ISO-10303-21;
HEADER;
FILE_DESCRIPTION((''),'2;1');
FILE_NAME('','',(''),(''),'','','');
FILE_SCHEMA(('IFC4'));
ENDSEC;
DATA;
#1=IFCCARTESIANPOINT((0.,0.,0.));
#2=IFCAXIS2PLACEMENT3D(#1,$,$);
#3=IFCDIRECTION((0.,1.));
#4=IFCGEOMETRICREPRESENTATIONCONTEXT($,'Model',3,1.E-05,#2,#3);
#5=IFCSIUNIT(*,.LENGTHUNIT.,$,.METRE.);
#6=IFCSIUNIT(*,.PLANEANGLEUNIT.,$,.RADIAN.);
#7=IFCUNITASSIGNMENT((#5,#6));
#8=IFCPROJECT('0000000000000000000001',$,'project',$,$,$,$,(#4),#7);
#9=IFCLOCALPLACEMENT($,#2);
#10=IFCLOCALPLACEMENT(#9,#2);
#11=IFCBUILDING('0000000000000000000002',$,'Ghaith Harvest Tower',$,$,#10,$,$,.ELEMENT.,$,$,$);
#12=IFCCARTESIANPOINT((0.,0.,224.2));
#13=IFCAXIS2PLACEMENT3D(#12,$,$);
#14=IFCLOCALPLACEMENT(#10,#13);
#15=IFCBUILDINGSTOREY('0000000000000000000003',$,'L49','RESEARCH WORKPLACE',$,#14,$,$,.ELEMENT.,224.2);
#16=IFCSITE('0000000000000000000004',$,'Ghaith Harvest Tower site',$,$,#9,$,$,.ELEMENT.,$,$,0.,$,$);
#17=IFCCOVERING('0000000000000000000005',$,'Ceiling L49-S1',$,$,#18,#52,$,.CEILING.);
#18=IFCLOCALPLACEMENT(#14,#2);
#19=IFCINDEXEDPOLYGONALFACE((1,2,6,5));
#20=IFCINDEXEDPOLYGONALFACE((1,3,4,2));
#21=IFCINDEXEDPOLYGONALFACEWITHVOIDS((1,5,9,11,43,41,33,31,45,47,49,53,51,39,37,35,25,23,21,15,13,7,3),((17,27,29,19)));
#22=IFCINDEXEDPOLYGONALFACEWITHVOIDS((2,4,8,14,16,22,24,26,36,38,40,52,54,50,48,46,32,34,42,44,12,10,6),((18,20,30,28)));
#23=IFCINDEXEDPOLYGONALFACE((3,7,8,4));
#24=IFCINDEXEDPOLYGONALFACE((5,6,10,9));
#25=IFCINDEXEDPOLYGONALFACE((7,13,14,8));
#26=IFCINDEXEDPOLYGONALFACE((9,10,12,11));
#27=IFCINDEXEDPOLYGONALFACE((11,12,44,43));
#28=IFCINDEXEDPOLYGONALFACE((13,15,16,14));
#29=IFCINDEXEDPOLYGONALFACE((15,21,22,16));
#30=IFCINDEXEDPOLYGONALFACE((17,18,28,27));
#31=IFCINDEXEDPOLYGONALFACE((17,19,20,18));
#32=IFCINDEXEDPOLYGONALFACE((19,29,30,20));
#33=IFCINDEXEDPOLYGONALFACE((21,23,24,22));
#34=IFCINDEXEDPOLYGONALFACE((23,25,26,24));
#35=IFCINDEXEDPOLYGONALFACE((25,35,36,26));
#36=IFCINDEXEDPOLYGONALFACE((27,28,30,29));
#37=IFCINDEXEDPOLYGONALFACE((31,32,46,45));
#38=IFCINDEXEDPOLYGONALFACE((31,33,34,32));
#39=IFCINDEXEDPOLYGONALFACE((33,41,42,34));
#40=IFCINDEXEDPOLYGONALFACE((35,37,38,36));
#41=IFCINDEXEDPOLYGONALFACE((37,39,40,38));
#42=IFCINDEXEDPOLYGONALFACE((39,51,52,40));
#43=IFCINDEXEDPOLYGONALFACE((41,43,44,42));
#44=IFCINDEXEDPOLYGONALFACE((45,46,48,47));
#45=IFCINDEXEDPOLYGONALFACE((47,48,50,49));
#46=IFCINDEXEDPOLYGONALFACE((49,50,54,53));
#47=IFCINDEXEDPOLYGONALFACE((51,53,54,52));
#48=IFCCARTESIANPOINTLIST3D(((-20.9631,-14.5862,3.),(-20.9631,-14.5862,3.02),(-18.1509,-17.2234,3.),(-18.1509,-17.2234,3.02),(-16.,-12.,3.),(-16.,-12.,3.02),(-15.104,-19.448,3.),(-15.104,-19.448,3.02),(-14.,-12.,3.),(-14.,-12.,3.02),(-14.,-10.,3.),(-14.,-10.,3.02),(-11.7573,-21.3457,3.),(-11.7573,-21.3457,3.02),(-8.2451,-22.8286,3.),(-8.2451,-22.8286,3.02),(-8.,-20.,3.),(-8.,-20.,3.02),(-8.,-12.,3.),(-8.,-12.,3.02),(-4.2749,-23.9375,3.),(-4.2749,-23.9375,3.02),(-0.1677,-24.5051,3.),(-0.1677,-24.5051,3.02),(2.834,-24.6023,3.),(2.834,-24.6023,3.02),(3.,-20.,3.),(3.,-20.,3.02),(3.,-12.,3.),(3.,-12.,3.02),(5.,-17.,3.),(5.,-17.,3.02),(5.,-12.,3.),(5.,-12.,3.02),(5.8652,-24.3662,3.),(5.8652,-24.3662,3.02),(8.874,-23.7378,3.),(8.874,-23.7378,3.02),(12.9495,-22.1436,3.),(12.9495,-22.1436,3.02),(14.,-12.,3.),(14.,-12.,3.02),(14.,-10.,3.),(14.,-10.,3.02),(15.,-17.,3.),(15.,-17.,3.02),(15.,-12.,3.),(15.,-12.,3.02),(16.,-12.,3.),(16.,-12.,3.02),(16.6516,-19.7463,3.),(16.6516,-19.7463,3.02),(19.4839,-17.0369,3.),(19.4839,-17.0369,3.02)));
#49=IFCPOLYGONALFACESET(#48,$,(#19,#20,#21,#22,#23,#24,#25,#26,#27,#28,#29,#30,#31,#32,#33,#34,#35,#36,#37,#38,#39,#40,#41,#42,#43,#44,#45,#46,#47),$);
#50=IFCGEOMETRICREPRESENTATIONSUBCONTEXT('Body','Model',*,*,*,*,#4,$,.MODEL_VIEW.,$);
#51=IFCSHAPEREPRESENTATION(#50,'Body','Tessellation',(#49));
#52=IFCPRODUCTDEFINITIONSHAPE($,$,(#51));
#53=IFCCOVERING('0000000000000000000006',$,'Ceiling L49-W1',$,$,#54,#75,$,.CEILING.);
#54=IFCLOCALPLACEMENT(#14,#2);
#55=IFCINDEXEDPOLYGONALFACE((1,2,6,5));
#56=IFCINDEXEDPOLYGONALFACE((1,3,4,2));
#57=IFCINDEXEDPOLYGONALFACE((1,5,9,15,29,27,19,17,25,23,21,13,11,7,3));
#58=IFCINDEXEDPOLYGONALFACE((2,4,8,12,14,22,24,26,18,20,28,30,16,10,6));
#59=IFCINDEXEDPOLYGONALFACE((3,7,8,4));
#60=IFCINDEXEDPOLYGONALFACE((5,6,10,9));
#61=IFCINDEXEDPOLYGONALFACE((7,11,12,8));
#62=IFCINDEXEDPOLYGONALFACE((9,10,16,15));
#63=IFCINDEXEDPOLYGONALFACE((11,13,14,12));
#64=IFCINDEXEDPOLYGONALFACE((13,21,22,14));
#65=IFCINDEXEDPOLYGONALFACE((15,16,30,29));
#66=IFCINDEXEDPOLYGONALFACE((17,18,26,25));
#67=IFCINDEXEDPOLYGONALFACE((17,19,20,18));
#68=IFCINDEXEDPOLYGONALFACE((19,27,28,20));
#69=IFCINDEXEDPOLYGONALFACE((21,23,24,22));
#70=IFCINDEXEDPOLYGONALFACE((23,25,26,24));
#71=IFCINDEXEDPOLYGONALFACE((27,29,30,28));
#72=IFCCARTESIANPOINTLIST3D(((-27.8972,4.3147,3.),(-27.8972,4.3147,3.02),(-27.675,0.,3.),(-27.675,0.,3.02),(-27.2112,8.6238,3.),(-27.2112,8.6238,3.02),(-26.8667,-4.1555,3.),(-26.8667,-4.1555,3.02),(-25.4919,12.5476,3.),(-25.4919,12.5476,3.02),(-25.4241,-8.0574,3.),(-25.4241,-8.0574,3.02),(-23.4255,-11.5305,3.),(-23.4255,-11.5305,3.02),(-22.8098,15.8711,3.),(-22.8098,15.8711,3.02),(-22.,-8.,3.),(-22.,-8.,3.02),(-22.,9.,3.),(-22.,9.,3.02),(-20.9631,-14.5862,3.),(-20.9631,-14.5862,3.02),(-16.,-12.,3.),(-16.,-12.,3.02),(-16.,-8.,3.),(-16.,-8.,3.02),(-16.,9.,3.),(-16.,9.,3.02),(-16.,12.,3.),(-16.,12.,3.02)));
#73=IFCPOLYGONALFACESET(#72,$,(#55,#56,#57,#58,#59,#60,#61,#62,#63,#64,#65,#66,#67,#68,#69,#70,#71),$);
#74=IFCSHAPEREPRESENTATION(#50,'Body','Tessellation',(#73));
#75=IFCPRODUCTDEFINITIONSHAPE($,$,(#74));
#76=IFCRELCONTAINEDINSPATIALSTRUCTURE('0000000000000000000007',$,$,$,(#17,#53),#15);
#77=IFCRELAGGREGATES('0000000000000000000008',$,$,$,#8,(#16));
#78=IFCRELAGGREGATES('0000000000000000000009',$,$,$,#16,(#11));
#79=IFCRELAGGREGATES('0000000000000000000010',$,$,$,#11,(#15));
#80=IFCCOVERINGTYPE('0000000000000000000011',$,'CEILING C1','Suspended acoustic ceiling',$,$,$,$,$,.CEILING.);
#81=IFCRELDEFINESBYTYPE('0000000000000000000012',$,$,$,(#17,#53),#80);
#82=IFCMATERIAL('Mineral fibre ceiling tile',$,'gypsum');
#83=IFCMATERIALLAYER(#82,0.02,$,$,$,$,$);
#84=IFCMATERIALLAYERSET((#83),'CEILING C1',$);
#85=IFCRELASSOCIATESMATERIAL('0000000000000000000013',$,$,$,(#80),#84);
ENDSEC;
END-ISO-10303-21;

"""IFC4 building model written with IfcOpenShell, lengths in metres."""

from ifc_helpers import new_model, si_unit, direction, frame, origin, place, context, subcontext, project, spatial, polyline, outline, extrude, material, layer, layer_set, type_object, element, save


model = new_model("IFC4")

# Units and contexts
model_context = context("Model", 3, precision=1e-05, world=origin(), true_north=direction((0.0, 1.0)))
body_context = subcontext(model_context, "Body", "Model", "MODEL_VIEW")
ifc_project = project(units=[si_unit("LENGTHUNIT", "METRE"), si_unit("PLANEANGLEUNIT", "RADIAN")], contexts=[model_context])

# Site, building, storey
site_placement = place(None, origin())
site = spatial("IfcSite", under=ifc_project, at=site_placement, Name="Ghaith Harvest Tower site", CompositionType="ELEMENT", RefElevation=0.0)
building_placement = place(site_placement, origin())
building = spatial("IfcBuilding", under=site, at=building_placement, Name="Ghaith Harvest Tower", CompositionType="ELEMENT")
storey_placement = place(building_placement, frame((0.0, 0.0, 224.2)))
storey = spatial("IfcBuildingStorey", under=building, at=storey_placement, Name="L49", Description="RESEARCH WORKPLACE", CompositionType="ELEMENT", Elevation=224.2)

# Coverings
ifc_material_1 = material(Name="Mineral fibre ceiling tile", Category="gypsum")
ifc_layer_1 = layer(ifc_material_1, 0.02)
ifc_layer_set_1 = layer_set([ifc_layer_1], Name="CEILING C1")
covering_type = type_object("IfcCoveringType", Name="CEILING C1", Description="Suspended acoustic ceiling", PredefinedType="CEILING", material=ifc_layer_set_1)
covering_1_placement = place(storey_placement, frame((0.0, 0.0, 3.0)))
element("IfcCovering", 1, at=covering_1_placement, inside=storey, type_object=covering_type, Name="Ceiling L49-S1", PredefinedType="CEILING", context=body_context, shape_type="SweptSolid", body=[
    extrude(outline(polyline([(-20.9631, -14.5862), (-16.0, -12.0), (-14.0, -12.0), (-14.0, -10.0), (14.0, -10.0), (14.0, -12.0), (5.0, -12.0), (5.0, -17.0), (15.0, -17.0), (15.0, -12.0), (16.0, -12.0), (19.4839, -17.0369), (16.6516, -19.7463), (12.9495, -22.1436), (8.874, -23.7378), (5.8652, -24.3662), (2.834, -24.6023), (-0.1677, -24.5051), (-4.2749, -23.9375), (-8.2451, -22.8286), (-11.7573, -21.3457), (-15.104, -19.448), (-18.1509, -17.2234), (-20.9631, -14.5862)]), holes=[polyline([(3.0, -12.0), (-8.0, -12.0), (-8.0, -20.0), (3.0, -20.0), (3.0, -12.0)])]), origin(), (0.0, 0.0, 1.0), 0.02),
])
covering_2_placement = place(storey_placement, frame((0.0, 0.0, 3.0)))
element("IfcCovering", 2, at=covering_2_placement, inside=storey, type_object=covering_type, Name="Ceiling L49-W1", PredefinedType="CEILING", context=body_context, shape_type="SweptSolid", body=[
    extrude(outline(polyline([(-23.4255, -11.5305), (-25.4241, -8.0574), (-26.8667, -4.1555), (-27.675, 0.0), (-27.8972, 4.3147), (-27.2112, 8.6238), (-25.4919, 12.5476), (-22.8098, 15.8711), (-16.0, 12.0), (-16.0, 9.0), (-22.0, 9.0), (-22.0, -8.0), (-16.0, -8.0), (-16.0, -12.0), (-20.9631, -14.5862), (-23.4255, -11.5305)])), origin(), (0.0, 0.0, 1.0), 0.02),
])

save(model, "model.ifc")
